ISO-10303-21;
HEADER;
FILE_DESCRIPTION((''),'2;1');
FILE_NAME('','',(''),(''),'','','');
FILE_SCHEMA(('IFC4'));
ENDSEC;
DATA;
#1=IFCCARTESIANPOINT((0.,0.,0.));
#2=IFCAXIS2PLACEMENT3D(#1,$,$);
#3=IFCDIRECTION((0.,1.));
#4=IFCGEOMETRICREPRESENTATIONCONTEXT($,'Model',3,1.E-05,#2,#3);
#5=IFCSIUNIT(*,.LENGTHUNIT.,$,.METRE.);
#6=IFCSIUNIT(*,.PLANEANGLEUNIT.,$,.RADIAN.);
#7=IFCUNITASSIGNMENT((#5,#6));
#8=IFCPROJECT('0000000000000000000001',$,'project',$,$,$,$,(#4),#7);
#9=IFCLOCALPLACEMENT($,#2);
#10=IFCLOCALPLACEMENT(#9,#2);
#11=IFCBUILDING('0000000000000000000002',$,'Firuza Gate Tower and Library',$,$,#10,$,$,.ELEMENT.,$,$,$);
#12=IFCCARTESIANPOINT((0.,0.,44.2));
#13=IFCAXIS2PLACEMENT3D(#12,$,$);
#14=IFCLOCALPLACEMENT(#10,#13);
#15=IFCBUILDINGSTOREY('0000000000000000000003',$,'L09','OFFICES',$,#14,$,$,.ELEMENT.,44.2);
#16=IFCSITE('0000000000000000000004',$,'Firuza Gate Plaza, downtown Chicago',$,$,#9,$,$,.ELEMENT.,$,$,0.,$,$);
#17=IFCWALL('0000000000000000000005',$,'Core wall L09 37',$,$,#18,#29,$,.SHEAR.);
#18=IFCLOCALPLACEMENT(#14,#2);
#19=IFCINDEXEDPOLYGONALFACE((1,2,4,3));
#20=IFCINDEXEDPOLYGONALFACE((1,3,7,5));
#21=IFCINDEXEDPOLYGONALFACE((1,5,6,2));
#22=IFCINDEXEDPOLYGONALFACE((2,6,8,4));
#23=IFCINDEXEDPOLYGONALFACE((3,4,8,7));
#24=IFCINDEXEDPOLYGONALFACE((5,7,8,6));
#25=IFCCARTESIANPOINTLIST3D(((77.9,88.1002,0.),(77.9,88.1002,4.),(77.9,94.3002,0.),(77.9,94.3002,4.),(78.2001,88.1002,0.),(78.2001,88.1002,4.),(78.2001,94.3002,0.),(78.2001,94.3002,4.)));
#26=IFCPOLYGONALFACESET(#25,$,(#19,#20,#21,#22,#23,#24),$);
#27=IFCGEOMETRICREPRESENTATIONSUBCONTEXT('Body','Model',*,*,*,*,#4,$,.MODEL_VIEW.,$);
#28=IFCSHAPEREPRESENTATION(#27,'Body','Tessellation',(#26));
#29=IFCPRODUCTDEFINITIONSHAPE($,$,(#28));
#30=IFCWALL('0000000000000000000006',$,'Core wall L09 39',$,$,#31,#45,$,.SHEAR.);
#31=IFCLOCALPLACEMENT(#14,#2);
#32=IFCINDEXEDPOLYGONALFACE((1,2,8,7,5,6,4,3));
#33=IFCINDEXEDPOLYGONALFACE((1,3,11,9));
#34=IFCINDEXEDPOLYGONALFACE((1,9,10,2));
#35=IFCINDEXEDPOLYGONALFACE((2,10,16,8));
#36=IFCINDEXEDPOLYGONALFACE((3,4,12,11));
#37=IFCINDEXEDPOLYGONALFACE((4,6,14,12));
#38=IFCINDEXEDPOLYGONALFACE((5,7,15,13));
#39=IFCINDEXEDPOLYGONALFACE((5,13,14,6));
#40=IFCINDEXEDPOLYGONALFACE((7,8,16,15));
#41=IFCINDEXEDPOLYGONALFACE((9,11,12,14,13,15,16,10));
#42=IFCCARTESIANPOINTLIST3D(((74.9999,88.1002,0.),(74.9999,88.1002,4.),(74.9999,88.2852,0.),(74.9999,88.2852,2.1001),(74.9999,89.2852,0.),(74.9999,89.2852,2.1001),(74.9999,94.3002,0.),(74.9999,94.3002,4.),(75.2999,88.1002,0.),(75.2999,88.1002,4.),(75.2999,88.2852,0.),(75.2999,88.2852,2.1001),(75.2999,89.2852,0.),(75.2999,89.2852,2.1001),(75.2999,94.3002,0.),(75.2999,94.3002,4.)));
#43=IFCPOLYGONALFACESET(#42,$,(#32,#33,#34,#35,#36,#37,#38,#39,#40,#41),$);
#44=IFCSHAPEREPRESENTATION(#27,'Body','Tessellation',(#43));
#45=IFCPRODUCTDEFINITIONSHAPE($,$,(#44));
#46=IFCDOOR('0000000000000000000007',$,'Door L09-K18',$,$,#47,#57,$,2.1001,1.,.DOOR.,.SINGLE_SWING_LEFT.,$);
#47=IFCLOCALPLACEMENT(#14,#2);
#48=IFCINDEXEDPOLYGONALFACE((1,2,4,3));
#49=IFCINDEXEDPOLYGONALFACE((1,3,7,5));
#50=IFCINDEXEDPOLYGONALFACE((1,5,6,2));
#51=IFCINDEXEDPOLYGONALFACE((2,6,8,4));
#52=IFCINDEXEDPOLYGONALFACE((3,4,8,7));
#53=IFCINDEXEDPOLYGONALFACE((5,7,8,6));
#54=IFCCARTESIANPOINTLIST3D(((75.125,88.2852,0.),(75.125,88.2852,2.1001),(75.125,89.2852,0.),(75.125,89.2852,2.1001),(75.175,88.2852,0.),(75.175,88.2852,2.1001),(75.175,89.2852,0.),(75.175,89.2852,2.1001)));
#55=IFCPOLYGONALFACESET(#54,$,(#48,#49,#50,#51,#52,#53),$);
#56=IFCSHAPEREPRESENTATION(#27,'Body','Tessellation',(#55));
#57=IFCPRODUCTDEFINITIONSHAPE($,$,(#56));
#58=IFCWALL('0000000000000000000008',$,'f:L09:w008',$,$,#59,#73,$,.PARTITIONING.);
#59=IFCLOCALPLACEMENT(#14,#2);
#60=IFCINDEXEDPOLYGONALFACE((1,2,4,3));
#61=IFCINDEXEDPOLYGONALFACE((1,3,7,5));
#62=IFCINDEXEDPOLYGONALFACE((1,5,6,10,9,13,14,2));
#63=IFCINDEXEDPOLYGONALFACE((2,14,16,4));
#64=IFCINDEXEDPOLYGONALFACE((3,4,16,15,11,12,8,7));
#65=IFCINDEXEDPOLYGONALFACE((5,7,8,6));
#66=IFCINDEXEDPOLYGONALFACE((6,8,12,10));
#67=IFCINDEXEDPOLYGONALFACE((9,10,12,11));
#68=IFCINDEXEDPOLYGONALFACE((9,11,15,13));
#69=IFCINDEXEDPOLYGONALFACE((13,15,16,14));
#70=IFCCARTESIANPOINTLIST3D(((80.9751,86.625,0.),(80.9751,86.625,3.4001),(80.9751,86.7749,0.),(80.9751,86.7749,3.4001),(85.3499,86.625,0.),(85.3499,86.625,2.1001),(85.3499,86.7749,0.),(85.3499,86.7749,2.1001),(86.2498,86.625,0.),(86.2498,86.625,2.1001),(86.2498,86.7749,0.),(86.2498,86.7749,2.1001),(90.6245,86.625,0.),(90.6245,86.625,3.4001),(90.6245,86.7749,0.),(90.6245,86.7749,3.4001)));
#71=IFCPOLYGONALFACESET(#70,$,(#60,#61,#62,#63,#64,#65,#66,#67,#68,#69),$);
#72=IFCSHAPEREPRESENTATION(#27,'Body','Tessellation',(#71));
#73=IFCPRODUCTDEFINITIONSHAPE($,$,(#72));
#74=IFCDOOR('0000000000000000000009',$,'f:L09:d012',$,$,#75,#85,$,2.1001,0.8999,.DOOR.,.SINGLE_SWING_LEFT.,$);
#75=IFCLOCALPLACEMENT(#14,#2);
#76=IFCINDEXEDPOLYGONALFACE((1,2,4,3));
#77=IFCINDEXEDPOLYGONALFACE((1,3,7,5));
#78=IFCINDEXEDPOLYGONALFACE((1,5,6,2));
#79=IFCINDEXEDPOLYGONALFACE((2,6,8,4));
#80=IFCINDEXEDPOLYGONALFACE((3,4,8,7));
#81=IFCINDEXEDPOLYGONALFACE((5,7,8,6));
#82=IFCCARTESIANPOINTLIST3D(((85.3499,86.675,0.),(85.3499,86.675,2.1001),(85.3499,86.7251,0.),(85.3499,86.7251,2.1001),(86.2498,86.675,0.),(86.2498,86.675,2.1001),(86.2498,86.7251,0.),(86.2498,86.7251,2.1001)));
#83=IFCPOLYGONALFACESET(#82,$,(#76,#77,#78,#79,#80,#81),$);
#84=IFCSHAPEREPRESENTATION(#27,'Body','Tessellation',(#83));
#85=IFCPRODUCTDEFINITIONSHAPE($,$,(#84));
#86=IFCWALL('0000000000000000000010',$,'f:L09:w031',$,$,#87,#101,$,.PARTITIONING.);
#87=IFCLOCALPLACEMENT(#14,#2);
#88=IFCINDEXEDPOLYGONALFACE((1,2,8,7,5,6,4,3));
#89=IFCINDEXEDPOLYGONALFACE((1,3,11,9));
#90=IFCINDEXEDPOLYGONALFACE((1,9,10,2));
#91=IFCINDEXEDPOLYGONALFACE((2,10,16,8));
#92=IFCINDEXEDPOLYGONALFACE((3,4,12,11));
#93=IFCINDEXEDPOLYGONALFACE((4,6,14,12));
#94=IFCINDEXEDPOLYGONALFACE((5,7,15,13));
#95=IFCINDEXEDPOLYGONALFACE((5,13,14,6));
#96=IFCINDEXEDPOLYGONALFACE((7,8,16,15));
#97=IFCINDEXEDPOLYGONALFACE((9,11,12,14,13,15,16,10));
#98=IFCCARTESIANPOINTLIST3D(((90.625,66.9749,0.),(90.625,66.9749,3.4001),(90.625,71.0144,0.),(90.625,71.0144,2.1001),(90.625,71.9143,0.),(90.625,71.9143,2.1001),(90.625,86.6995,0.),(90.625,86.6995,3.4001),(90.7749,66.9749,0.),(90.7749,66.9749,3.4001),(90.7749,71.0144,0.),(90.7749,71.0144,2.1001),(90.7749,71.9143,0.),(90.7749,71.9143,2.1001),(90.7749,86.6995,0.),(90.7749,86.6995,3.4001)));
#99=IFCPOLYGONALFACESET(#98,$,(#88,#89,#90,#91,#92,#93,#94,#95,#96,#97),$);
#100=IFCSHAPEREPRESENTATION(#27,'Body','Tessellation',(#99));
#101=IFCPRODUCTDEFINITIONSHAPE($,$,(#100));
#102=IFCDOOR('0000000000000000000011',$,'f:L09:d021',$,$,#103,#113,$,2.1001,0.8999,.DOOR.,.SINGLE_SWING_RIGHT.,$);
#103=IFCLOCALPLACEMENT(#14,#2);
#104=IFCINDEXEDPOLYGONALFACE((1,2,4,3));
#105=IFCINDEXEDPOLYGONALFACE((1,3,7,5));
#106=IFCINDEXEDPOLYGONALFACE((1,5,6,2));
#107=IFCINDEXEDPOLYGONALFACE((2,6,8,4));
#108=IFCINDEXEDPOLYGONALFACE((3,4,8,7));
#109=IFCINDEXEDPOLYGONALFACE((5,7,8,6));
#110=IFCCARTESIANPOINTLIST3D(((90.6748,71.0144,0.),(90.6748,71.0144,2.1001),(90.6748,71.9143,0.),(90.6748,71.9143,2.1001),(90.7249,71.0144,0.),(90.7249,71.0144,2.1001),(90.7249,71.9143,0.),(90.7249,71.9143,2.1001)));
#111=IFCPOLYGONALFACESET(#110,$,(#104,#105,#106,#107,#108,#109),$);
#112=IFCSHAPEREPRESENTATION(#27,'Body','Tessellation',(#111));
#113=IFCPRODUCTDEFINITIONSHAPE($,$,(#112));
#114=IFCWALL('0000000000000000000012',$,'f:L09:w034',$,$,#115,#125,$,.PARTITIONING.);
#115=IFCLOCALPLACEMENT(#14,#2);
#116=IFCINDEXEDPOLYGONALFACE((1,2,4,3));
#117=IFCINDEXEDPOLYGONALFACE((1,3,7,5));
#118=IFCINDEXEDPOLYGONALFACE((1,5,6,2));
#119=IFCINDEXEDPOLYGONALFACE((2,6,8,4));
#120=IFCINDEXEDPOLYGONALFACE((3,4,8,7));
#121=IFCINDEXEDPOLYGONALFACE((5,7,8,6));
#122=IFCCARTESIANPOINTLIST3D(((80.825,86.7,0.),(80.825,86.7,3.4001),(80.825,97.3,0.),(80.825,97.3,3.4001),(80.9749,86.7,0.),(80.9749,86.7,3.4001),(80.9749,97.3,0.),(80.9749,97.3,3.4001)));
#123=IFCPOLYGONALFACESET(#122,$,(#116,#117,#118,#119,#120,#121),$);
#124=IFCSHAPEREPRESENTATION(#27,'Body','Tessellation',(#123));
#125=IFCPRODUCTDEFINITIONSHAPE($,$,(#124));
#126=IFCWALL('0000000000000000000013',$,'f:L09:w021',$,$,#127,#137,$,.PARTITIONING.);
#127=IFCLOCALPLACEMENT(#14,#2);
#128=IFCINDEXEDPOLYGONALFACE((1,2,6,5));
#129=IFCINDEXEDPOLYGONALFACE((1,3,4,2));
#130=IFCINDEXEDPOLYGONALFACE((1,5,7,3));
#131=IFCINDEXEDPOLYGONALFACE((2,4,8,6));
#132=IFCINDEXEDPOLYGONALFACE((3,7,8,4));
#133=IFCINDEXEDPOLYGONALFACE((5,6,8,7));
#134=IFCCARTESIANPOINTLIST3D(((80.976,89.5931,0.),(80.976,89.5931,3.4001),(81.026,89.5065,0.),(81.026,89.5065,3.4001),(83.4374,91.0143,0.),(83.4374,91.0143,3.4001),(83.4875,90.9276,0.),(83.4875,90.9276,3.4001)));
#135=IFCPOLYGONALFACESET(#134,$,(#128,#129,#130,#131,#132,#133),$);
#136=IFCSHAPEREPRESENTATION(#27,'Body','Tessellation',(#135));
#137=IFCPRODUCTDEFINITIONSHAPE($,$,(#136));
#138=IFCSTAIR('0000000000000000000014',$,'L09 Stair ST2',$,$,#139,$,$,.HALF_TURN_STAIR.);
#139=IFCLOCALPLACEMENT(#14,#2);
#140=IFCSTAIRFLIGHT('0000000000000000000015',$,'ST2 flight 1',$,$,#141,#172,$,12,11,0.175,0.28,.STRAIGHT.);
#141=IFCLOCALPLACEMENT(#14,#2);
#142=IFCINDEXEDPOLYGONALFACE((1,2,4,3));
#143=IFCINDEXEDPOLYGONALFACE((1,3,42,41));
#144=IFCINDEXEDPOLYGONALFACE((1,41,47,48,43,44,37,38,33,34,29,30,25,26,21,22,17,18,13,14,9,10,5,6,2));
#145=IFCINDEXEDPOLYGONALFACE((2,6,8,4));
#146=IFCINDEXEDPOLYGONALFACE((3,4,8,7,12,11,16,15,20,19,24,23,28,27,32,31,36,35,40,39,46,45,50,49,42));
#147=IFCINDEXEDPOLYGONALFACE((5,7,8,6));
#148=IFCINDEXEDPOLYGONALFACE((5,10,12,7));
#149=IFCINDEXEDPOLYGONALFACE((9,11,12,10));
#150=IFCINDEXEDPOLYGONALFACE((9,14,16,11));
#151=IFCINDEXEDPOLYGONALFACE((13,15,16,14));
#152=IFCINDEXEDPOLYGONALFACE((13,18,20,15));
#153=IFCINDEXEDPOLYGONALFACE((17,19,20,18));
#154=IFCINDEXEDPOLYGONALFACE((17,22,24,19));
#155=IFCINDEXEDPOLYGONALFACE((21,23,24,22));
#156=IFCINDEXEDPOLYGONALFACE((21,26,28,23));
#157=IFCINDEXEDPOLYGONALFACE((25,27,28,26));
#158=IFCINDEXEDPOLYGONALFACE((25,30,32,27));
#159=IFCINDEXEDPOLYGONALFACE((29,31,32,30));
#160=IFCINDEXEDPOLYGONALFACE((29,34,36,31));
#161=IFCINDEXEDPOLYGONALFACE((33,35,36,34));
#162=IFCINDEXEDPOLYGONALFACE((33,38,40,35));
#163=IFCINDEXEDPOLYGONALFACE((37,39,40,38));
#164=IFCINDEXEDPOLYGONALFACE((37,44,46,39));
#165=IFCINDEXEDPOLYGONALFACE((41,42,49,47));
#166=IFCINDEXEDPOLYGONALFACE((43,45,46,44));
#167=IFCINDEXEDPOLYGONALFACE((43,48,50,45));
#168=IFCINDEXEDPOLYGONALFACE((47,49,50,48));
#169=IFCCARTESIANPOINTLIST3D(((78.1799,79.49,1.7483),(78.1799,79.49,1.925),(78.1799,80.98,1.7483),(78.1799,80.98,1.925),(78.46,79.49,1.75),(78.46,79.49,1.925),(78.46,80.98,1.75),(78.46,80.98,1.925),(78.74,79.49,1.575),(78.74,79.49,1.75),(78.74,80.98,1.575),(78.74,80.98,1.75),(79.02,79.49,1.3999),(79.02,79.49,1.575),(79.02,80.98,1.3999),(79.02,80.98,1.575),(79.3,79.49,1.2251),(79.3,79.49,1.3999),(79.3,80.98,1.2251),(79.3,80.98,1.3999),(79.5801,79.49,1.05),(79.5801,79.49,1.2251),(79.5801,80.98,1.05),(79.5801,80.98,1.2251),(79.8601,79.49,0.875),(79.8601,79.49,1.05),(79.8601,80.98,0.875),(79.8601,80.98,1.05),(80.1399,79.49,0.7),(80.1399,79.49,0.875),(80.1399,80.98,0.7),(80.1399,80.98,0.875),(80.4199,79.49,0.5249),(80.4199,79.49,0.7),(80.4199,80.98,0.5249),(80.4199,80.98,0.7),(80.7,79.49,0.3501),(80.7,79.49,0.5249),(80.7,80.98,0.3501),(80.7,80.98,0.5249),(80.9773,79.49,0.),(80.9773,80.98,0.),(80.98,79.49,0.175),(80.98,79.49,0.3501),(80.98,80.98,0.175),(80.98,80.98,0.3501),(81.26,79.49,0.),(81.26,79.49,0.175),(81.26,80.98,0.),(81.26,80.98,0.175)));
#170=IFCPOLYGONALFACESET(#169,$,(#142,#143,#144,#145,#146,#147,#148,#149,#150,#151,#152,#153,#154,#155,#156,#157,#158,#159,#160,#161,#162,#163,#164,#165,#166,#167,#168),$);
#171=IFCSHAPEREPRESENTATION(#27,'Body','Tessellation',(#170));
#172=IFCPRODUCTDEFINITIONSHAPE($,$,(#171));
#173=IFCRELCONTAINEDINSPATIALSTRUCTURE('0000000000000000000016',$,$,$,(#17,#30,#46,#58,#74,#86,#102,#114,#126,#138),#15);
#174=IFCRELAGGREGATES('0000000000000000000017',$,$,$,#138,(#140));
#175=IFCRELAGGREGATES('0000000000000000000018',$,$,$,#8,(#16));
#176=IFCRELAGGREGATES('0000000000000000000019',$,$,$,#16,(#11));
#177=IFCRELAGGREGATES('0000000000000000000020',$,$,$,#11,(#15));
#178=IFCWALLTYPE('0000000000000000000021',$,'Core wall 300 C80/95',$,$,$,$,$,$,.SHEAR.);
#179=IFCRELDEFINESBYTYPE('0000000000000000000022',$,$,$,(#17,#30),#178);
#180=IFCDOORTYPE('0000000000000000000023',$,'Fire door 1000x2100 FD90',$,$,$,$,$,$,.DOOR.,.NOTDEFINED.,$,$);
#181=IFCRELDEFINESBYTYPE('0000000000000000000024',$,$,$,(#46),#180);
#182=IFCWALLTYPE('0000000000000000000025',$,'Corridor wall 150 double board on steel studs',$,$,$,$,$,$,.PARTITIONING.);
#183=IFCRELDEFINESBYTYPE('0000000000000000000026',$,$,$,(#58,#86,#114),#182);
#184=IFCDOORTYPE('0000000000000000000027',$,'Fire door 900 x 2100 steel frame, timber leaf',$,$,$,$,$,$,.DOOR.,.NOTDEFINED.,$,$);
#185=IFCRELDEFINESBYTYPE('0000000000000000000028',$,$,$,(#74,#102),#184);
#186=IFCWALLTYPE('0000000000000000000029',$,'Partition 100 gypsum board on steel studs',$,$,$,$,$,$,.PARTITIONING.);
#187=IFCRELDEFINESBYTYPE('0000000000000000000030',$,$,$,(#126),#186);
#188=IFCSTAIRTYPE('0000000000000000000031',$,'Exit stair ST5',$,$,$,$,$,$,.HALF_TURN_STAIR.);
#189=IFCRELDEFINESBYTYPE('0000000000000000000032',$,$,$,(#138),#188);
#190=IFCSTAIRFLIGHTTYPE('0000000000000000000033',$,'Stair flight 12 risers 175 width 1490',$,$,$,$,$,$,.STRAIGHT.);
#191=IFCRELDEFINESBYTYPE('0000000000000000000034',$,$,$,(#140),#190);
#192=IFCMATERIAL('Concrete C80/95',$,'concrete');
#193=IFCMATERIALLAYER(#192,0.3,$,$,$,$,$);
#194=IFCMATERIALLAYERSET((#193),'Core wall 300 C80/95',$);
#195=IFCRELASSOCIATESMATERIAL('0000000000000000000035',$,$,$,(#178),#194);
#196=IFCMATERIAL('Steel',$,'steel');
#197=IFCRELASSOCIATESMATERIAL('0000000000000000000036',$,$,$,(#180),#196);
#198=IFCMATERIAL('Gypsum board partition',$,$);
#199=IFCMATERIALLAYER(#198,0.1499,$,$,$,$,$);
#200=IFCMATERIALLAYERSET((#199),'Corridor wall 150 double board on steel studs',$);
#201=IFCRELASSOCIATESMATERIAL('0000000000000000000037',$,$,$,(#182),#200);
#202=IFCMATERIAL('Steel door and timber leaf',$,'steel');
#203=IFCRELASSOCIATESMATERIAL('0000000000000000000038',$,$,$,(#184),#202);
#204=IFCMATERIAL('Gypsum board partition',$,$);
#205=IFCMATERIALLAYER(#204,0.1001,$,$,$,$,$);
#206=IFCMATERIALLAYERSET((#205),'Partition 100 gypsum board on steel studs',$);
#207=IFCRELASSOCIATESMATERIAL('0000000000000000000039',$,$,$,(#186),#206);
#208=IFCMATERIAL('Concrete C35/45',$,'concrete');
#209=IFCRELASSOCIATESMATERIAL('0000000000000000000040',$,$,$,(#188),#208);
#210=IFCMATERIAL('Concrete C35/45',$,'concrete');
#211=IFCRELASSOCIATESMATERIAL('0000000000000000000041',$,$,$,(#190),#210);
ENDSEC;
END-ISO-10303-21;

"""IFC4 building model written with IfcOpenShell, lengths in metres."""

from ifc_helpers import new_model, si_unit, direction, frame, frame_2d, origin, place, context, subcontext, project, spatial, polyline, rectangle, outline, extrude, material, layer, layer_set, type_object, element, fill, aggregate, save


model = new_model("IFC4")

# Units and contexts
model_context = context("Model", 3, precision=1e-05, world=origin(), true_north=direction((0.0, 1.0)))
body_context = subcontext(model_context, "Body", "Model", "MODEL_VIEW")
ifc_project = project(units=[si_unit("LENGTHUNIT", "METRE"), si_unit("PLANEANGLEUNIT", "RADIAN")], contexts=[model_context])

# Site, building, storey
site_placement = place(None, origin())
site = spatial("IfcSite", under=ifc_project, at=site_placement, Name="Firuza Gate Plaza, downtown Chicago", CompositionType="ELEMENT", RefElevation=0.0)
building_placement = place(site_placement, origin())
building = spatial("IfcBuilding", under=site, at=building_placement, Name="Firuza Gate Tower and Library", CompositionType="ELEMENT")
storey_placement = place(building_placement, frame((0.0, 0.0, 44.2)))
storey = spatial("IfcBuildingStorey", under=building, at=storey_placement, Name="L09", Description="OFFICES", CompositionType="ELEMENT", Elevation=44.2)

# Shared definitions
placement = place(storey_placement, origin())

# Shared definitions
ifc_material_1 = material(Name="Concrete C80/95", Category="concrete")
ifc_layer_1 = layer(ifc_material_1, 0.3)
ifc_layer_set_1 = layer_set([ifc_layer_1], Name="Core wall 300 C80/95")
wall_type_1 = type_object("IfcWallType", Name="Core wall 300 C80/95", PredefinedType="SHEAR", material=ifc_layer_set_1)

# Shared definitions
ifc_material_2 = material(Name="Steel", Category="steel")
door_type_1 = type_object("IfcDoorType", Name="Fire door 1000x2100 FD90", OperationType="NOTDEFINED", PredefinedType="DOOR", material=ifc_material_2)

# Wall
wall_1_placement = place(storey_placement, frame((78.05, 88.1001, 0.0), z_axis=(0.0, 0.0, 1.0), x_axis=(0.0, 1.0, 0.0)))
element("IfcWall", 1, at=wall_1_placement, inside=storey, type_object=wall_type_1, Name="Core wall L09 37", PredefinedType="SHEAR", context=body_context, shape_type="SweptSolid", body=[
    extrude(rectangle(XDim=6.2, YDim=0.3, at=frame_2d((3.1001, 0.0))), origin(), (0.0, 0.0, 1.0), 4.0),
])

# Walls, openings, doors
wall_2_placement = place(storey_placement, frame((75.1499, 88.1001, 0.0), z_axis=(0.0, 0.0, 1.0), x_axis=(0.0, 1.0, 0.0)))
wall_2 = element("IfcWall", 2, at=wall_2_placement, inside=storey, type_object=wall_type_1, Name="Core wall L09 39", PredefinedType="SHEAR", context=body_context, shape_type="SweptSolid", body=[
    extrude(rectangle(XDim=6.2, YDim=0.3, at=frame_2d((3.1001, 0.0))), origin(), (0.0, 0.0, 1.0), 4.0),
])
opening_1_placement = place(wall_2_placement, frame((0.1851, 0.0, 0.0)))
opening_1 = element("IfcOpeningElement", 3, at=opening_1_placement, cuts=wall_2, PredefinedType="OPENING", context=body_context, shape_type="SweptSolid", body=[
    extrude(rectangle(XDim=1.0, YDim=2.1001, at=frame_2d((0.5, 1.05))), frame((0.0, 0.1602, 0.0), z_axis=(0.0, -1.0, 0.0), x_axis=(1.0, 0.0, 0.0)), (0.0, 0.0, 1.0), 0.3201),
])
door_1_placement = place(opening_1_placement, origin())
door_1 = element("IfcDoor", 4, at=door_1_placement, inside=storey, type_object=door_type_1, Name="Door L09-K18", OperationType="SINGLE_SWING_LEFT", OverallHeight=2.1001, OverallWidth=1.0, PredefinedType="DOOR", context=body_context, shape_type="SweptSolid", body=[
    extrude(rectangle(XDim=1.0, YDim=2.1001, at=frame_2d((0.5, 1.05))), frame((0.0, 0.0249, 0.0), z_axis=(0.0, -1.0, 0.0), x_axis=(1.0, 0.0, 0.0)), (0.0, 0.0, 1.0), 0.05),
])
fill(opening_1, door_1)
ifc_material_3 = material(Name="Gypsum board partition")
ifc_layer_2 = layer(ifc_material_3, 0.1499)
ifc_layer_set_2 = layer_set([ifc_layer_2], Name="Corridor wall 150 double board on steel studs")
wall_type_2 = type_object("IfcWallType", Name="Corridor wall 150 double board on steel studs", PredefinedType="PARTITIONING", material=ifc_layer_set_2)
wall_3_placement = place(storey_placement, frame((90.6245, 86.7, 0.0), z_axis=(0.0, 0.0, 1.0), x_axis=(-1.0, 0.0, 0.0)))
wall_3 = element("IfcWall", 5, at=wall_3_placement, inside=storey, type_object=wall_type_2, Name="f:L09:w008", PredefinedType="PARTITIONING", context=body_context, shape_type="SweptSolid", body=[
    extrude(rectangle(XDim=9.6494, YDim=0.1499, at=frame_2d((4.8247, 0.0))), origin(), (0.0, 0.0, 1.0), 3.4001),
])
opening_2_placement = place(wall_3_placement, frame((4.3748, 0.0, 0.0)))
opening_2 = element("IfcOpeningElement", 6, at=opening_2_placement, cuts=wall_3, PredefinedType="OPENING", context=body_context, shape_type="SweptSolid", body=[
    extrude(rectangle(XDim=0.8999, YDim=2.1001, at=frame_2d((0.45, 1.05))), frame((0.0, 0.085, 0.0), z_axis=(0.0, -1.0, 0.0), x_axis=(1.0, 0.0, 0.0)), (0.0, 0.0, 1.0), 0.1699),
])
ifc_material_4 = material(Name="Steel door and timber leaf", Category="steel")
door_type_2 = type_object("IfcDoorType", Name="Fire door 900 x 2100 steel frame, timber leaf", OperationType="NOTDEFINED", PredefinedType="DOOR", material=ifc_material_4)
door_2_placement = place(opening_2_placement, origin())
door_2 = element("IfcDoor", 7, at=door_2_placement, inside=storey, type_object=door_type_2, Name="f:L09:d012", OperationType="SINGLE_SWING_LEFT", OverallHeight=2.1001, OverallWidth=0.8999, PredefinedType="DOOR", context=body_context, shape_type="SweptSolid", body=[
    extrude(rectangle(XDim=0.8999, YDim=2.1001, at=frame_2d((0.45, 1.05))), frame((0.0, 0.0249, 0.0), z_axis=(0.0, -1.0, 0.0), x_axis=(1.0, 0.0, 0.0)), (0.0, 0.0, 1.0), 0.05),
])
fill(opening_2, door_2)
wall_4_placement = place(storey_placement, frame((90.7, 86.6995, 0.0), z_axis=(0.0, 0.0, 1.0), x_axis=(0.0, -1.0, 0.0)))
wall_4 = element("IfcWall", 8, at=wall_4_placement, inside=storey, type_object=wall_type_2, Name="f:L09:w031", PredefinedType="PARTITIONING", context=body_context, shape_type="SweptSolid", body=[
    extrude(rectangle(XDim=19.7246, YDim=0.1499, at=frame_2d((9.8623, 0.0))), origin(), (0.0, 0.0, 1.0), 3.4001),
])
opening_3_placement = place(wall_4_placement, frame((14.7852, 0.0, 0.0)))
opening_3 = element("IfcOpeningElement", 9, at=opening_3_placement, cuts=wall_4, PredefinedType="OPENING", context=body_context, shape_type="SweptSolid", body=[
    extrude(rectangle(XDim=0.8999, YDim=2.1001, at=frame_2d((0.45, 1.05))), frame((0.0, 0.085, 0.0), z_axis=(0.0, -1.0, 0.0), x_axis=(1.0, 0.0, 0.0)), (0.0, 0.0, 1.0), 0.1699),
])
door_3_placement = place(opening_3_placement, origin())
door_3 = element("IfcDoor", 10, at=door_3_placement, inside=storey, type_object=door_type_2, Name="f:L09:d021", OperationType="SINGLE_SWING_RIGHT", OverallHeight=2.1001, OverallWidth=0.8999, PredefinedType="DOOR", context=body_context, shape_type="SweptSolid", body=[
    extrude(rectangle(XDim=0.8999, YDim=2.1001, at=frame_2d((0.45, 1.05))), frame((0.0, 0.0249, 0.0), z_axis=(0.0, -1.0, 0.0), x_axis=(1.0, 0.0, 0.0)), (0.0, 0.0, 1.0), 0.05),
])
fill(opening_3, door_3)

# Walls
wall_5_placement = place(storey_placement, frame((80.8999, 86.7, 0.0), z_axis=(0.0, 0.0, 1.0), x_axis=(0.0, 1.0, 0.0)))
element("IfcWall", 11, at=wall_5_placement, inside=storey, type_object=wall_type_2, Name="f:L09:w034", PredefinedType="PARTITIONING", context=body_context, shape_type="SweptSolid", body=[
    extrude(rectangle(XDim=10.6001, YDim=0.1499, at=frame_2d((5.3, 0.0))), origin(), (0.0, 0.0, 1.0), 3.4001),
])
ifc_material_5 = material(Name="Gypsum board partition")
ifc_layer_3 = layer(ifc_material_5, 0.1001)
ifc_layer_set_3 = layer_set([ifc_layer_3], Name="Partition 100 gypsum board on steel studs")
wall_type_3 = type_object("IfcWallType", Name="Partition 100 gypsum board on steel studs", PredefinedType="PARTITIONING", material=ifc_layer_set_3)
wall_6_placement = place(storey_placement, frame((81.001, 89.5498, 0.0), z_axis=(0.0, 0.0, 1.0), x_axis=(0.86602, 0.50001, 0.0)))
element("IfcWall", 12, at=wall_6_placement, inside=storey, type_object=wall_type_3, Name="f:L09:w021", PredefinedType="PARTITIONING", context=body_context, shape_type="SweptSolid", body=[
    extrude(rectangle(XDim=2.8423, YDim=0.1001, at=frame_2d((1.4211, 0.0))), origin(), (0.0, 0.0, 1.0), 3.4001),
])

# Stair, stair flight
ifc_material_6 = material(Name="Concrete C35/45", Category="concrete")
stair_type = type_object("IfcStairType", Name="Exit stair ST5", PredefinedType="HALF_TURN_STAIR", material=ifc_material_6)
stair = element("IfcStair", 13, at=placement, inside=storey, type_object=stair_type, Name="L09 Stair ST2", PredefinedType="HALF_TURN_STAIR")
ifc_material_7 = material(Name="Concrete C35/45", Category="concrete")
stair_flight_type = type_object("IfcStairFlightType", Name="Stair flight 12 risers 175 width 1490", PredefinedType="STRAIGHT", material=ifc_material_7)
stair_flight_1_placement = place(storey_placement, frame((81.26, 80.2351, 0.0), z_axis=(0.0, 0.0, 1.0), x_axis=(-1.0, 0.0, 0.0)))
stair_flight_1 = element("IfcStairFlight", 14, at=stair_flight_1_placement, type_object=stair_flight_type, Name="ST2 flight 1", NumberOfRisers=12, NumberOfTreads=11, PredefinedType="STRAIGHT", RiserHeight=0.175, TreadLength=0.28, context=body_context, shape_type="SweptSolid", body=[
    extrude(outline(polyline([(0.0, 0.0), (0.0, 0.175), (0.28, 0.175), (0.28, 0.3501), (0.5601, 0.3501), (0.5601, 0.5249), (0.8401, 0.5249), (0.8401, 0.7), (1.1201, 0.7), (1.1201, 0.875), (1.3999, 0.875), (1.3999, 1.05), (1.6799, 1.05), (1.6799, 1.2251), (1.96, 1.2251), (1.96, 1.3999), (2.24, 1.3999), (2.24, 1.575), (2.52, 1.575), (2.52, 1.75), (2.8, 1.75), (2.8, 1.925), (3.0801, 1.925), (3.0801, 2.1001), (3.0801, 1.7483), (0.2827, 0.0), (0.0, 0.0)])), frame((0.0, 0.7451, 0.0), z_axis=(0.0, -1.0, 0.0), x_axis=(1.0, 0.0, 0.0)), (0.0, 0.0, 1.0), 1.49),
])
aggregate(stair, [stair_flight_1])

save(model, "model.ifc")
